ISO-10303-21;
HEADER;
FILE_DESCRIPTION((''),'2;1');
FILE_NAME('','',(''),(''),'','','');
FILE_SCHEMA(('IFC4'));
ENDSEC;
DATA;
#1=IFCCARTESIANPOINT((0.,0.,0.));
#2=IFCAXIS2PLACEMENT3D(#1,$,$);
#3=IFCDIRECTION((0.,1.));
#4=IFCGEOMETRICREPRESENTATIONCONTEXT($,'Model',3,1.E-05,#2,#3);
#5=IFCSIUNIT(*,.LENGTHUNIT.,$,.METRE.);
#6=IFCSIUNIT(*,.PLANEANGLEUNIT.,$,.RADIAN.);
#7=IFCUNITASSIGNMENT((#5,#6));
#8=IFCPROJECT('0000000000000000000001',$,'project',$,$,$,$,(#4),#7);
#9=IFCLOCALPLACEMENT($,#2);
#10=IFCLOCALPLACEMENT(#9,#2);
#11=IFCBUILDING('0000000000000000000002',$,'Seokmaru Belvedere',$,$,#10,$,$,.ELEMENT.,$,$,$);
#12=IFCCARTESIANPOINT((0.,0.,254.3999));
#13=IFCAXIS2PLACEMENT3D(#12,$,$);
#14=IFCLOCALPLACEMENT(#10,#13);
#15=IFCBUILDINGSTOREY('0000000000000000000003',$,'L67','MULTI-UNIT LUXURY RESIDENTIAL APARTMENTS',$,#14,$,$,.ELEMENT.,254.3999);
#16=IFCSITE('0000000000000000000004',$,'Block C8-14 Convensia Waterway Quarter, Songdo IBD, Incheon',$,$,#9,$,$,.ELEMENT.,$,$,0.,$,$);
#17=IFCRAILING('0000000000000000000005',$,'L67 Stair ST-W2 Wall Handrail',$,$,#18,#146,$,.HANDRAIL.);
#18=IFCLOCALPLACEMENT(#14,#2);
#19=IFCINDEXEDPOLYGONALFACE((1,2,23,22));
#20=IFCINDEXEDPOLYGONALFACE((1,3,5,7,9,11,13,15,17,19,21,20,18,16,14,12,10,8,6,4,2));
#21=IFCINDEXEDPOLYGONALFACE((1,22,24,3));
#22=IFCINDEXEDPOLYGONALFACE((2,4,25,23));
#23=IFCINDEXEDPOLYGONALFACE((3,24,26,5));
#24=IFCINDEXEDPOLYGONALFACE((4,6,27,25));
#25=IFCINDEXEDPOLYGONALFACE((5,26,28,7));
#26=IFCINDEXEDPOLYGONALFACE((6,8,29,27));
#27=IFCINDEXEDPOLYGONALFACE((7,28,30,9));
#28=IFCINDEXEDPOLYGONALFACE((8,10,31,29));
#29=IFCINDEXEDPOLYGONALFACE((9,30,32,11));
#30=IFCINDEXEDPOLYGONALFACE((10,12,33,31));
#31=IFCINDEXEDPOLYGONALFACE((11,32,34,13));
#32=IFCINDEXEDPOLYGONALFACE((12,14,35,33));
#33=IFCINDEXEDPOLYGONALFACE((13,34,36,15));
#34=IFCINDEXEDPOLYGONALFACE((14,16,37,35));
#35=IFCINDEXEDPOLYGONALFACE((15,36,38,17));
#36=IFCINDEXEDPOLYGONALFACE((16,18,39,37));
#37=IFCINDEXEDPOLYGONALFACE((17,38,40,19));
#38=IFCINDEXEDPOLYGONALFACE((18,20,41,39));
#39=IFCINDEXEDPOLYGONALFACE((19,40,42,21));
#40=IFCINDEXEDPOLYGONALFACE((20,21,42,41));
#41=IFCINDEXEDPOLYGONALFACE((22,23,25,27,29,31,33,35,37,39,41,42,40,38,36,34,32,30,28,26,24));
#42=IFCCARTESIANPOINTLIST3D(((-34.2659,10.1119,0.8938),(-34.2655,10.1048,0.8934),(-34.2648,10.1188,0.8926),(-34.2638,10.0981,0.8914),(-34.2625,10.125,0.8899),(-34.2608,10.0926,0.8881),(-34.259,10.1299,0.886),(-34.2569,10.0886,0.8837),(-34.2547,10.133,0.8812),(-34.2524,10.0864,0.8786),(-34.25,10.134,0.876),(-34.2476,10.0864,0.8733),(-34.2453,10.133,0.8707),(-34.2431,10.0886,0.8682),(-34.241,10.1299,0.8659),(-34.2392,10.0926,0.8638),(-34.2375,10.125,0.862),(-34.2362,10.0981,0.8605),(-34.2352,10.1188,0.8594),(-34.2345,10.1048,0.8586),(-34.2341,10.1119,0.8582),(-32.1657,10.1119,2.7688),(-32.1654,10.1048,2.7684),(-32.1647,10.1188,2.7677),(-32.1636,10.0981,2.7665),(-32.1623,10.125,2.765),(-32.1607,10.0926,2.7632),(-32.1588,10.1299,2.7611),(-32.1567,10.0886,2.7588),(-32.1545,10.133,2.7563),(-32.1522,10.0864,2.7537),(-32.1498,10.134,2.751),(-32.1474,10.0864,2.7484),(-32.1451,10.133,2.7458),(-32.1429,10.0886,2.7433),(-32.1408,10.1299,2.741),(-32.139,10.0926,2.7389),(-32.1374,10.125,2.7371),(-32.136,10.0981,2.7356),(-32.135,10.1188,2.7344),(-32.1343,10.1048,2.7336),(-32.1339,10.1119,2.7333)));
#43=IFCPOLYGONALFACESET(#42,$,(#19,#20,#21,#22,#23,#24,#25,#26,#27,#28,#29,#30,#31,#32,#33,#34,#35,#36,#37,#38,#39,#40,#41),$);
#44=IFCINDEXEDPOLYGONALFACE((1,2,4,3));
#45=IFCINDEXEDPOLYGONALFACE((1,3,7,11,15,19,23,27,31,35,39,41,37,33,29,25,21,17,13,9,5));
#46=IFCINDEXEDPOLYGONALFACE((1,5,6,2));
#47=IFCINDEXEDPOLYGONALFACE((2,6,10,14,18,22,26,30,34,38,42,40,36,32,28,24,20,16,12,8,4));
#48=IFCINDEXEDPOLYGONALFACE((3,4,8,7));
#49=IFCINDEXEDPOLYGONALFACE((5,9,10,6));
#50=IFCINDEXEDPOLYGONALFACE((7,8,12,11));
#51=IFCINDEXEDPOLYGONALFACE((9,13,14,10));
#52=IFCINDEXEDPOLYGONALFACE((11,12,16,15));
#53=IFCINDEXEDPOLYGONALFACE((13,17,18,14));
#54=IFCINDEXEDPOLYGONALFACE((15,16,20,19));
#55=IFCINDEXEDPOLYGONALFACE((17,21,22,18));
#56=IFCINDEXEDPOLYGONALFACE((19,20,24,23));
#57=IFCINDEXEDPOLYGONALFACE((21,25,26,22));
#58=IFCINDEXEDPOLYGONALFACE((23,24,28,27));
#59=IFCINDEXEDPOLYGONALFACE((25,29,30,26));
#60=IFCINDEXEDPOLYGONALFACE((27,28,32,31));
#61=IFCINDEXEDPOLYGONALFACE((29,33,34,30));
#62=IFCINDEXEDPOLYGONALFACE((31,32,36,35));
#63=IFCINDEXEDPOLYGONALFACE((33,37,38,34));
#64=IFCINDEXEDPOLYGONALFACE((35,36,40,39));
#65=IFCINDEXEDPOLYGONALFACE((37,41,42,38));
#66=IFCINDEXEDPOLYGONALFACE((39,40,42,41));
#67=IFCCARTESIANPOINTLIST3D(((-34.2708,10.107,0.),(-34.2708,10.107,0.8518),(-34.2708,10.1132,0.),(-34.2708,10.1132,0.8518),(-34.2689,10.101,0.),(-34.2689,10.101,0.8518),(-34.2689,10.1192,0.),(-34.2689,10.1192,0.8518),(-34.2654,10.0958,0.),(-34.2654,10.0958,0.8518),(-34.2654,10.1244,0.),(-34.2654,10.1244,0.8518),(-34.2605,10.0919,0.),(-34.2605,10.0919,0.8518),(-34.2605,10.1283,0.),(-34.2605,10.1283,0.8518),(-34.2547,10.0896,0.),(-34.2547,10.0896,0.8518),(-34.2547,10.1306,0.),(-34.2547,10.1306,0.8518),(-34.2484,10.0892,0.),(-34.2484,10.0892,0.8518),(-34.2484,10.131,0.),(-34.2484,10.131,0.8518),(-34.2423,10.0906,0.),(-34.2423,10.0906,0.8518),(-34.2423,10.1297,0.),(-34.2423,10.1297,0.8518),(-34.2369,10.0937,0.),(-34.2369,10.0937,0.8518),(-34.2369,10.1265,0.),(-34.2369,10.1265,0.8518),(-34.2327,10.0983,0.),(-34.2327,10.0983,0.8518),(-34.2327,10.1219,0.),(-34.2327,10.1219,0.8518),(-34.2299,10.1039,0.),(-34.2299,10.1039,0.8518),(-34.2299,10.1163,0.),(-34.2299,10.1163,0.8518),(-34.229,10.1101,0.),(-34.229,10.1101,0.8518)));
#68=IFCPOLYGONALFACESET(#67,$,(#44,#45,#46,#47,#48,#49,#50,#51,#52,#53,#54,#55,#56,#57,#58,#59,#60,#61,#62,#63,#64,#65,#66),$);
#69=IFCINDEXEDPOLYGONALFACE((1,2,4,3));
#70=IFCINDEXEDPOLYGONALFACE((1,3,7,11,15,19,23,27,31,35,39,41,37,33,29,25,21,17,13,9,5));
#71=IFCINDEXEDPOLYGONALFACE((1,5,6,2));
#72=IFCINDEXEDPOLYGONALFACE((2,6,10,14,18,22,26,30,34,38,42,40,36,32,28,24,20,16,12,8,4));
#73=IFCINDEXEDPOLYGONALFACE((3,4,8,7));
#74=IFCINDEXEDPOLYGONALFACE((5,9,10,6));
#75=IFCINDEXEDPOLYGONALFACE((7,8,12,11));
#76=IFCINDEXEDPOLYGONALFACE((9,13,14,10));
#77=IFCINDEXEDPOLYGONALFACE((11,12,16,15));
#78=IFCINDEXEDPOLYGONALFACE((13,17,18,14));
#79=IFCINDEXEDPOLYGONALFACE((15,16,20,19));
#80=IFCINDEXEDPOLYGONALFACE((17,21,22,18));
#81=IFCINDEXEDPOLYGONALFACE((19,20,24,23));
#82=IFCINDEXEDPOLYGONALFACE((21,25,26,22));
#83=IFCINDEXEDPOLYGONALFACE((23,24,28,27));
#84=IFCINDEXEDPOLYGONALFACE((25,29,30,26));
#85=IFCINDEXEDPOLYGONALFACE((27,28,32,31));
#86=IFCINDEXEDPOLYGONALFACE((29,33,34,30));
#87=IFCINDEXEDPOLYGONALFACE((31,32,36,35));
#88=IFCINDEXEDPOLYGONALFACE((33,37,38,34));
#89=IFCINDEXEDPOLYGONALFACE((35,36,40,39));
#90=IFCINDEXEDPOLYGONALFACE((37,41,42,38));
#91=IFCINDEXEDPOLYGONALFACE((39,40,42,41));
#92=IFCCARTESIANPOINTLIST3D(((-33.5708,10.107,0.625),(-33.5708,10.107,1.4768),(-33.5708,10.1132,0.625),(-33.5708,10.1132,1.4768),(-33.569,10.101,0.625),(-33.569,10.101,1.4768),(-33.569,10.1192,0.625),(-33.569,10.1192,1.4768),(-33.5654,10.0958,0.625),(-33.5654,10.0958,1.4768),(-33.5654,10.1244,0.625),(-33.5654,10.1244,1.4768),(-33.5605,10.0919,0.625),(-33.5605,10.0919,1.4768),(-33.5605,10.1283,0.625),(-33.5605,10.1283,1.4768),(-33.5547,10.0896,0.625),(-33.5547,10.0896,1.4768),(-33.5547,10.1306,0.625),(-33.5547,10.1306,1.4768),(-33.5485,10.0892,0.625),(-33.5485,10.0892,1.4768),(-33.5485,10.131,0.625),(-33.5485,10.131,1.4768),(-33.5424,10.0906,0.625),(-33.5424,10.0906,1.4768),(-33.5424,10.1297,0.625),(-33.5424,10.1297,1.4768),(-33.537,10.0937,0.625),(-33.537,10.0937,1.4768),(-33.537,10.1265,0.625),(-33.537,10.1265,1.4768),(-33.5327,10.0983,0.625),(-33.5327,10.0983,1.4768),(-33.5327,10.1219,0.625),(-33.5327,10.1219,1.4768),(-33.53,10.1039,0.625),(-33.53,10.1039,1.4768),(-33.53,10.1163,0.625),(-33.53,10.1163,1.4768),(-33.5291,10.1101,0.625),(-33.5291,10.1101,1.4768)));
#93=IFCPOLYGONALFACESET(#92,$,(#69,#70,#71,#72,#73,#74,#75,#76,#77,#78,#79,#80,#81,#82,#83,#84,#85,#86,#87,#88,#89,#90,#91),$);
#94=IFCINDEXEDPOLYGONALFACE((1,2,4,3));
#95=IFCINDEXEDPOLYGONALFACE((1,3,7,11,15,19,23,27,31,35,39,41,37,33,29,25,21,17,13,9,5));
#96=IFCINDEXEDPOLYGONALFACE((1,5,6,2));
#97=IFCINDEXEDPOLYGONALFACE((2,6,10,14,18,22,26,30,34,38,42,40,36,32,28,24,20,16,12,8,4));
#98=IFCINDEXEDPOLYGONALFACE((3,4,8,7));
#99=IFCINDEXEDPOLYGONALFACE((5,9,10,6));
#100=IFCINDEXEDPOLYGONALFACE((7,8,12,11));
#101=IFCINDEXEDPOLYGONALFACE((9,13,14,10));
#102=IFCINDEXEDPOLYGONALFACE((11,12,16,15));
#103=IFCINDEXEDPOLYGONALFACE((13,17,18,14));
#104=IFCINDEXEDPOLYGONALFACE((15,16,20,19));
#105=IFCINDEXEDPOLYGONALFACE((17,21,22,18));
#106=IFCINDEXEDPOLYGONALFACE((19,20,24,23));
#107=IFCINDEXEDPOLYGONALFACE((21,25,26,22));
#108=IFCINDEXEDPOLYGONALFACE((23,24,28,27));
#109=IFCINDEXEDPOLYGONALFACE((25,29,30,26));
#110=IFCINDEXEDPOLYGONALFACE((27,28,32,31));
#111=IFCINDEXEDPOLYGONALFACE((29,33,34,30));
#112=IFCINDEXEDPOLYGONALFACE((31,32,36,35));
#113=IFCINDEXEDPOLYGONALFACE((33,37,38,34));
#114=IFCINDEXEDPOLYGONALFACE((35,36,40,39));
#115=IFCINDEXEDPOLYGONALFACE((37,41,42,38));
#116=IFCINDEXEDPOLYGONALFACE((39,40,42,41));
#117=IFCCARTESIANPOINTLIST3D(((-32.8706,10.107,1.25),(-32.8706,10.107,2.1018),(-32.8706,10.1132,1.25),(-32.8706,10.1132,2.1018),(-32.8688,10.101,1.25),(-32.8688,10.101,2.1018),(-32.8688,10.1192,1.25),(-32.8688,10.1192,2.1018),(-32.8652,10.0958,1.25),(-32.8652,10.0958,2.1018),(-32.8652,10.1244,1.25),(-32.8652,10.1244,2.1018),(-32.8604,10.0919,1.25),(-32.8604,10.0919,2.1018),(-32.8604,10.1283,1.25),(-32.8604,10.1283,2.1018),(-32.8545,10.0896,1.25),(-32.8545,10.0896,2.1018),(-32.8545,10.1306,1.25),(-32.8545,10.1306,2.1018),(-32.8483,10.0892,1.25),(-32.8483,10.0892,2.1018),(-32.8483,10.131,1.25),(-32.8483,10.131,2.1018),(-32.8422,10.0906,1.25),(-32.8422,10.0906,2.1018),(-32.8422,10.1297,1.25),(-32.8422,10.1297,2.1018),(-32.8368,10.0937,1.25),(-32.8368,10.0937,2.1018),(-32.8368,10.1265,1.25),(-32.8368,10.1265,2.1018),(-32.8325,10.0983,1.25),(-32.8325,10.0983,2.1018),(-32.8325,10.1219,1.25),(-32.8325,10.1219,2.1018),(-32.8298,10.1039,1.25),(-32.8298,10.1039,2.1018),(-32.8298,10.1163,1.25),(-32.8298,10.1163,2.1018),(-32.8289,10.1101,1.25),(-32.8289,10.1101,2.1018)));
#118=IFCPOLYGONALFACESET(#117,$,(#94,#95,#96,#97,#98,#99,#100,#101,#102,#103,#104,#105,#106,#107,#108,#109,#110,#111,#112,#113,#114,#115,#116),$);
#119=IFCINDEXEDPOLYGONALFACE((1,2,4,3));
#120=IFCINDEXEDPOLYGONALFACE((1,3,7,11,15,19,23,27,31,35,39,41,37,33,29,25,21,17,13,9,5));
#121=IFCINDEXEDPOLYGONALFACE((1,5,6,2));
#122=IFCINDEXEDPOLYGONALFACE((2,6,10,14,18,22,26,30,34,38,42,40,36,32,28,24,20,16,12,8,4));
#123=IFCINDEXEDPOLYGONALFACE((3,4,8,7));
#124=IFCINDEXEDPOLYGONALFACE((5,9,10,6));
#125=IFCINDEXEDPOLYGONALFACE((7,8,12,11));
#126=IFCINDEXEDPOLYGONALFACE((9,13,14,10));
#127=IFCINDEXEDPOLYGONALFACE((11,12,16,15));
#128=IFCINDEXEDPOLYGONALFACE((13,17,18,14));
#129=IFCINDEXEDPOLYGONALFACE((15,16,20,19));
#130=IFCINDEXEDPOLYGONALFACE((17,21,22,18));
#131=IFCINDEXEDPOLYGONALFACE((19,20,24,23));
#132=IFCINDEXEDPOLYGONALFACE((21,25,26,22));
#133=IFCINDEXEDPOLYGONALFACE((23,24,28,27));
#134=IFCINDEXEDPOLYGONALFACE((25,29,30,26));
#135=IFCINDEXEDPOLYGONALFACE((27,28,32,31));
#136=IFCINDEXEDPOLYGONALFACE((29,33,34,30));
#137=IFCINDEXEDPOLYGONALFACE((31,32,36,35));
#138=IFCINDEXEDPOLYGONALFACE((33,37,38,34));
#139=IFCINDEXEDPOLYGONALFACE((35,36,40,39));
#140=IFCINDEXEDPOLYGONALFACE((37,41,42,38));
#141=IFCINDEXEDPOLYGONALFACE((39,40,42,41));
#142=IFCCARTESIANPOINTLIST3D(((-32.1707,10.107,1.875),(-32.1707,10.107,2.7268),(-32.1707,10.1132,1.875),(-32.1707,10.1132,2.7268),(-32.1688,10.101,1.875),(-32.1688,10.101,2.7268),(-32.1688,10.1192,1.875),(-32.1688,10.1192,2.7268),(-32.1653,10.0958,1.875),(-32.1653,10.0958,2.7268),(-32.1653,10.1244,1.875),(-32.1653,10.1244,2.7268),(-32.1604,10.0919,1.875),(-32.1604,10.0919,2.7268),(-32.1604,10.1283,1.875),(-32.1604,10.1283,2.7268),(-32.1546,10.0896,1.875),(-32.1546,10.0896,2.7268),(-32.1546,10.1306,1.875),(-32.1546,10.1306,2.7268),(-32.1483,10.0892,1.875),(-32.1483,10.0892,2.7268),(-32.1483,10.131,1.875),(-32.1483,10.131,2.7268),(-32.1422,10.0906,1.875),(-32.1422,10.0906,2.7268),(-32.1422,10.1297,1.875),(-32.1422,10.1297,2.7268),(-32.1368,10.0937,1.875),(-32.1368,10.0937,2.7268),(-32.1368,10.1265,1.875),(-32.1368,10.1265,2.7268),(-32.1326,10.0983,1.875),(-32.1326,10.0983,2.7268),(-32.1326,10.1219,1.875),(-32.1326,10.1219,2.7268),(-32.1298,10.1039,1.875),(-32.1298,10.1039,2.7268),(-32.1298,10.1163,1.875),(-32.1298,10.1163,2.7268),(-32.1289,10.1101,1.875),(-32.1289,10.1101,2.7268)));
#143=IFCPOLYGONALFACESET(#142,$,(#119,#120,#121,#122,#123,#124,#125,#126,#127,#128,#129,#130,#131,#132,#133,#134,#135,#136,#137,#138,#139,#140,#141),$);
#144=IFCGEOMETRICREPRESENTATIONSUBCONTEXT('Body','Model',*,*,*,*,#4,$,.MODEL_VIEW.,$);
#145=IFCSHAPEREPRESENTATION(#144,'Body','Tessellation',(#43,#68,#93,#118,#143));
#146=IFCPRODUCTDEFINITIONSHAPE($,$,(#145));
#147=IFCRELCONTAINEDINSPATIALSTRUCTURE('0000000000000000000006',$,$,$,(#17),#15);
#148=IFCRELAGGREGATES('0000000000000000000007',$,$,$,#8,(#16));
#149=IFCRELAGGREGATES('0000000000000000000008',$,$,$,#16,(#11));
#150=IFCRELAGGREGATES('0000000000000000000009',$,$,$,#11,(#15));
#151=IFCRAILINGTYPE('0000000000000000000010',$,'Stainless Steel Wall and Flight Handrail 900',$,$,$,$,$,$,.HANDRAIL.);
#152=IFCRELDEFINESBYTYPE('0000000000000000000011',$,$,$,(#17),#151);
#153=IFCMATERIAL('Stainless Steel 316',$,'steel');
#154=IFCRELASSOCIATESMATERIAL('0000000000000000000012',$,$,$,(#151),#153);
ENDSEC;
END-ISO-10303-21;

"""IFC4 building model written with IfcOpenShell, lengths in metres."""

from ifc_helpers import new_model, si_unit, direction, frame, origin, origin_2d, place, context, subcontext, project, spatial, circle, extrude, material, type_object, element, save


model = new_model("IFC4")

# Units and contexts
model_context = context("Model", 3, precision=1e-05, world=origin(), true_north=direction((0.0, 1.0)))
body_context = subcontext(model_context, "Body", "Model", "MODEL_VIEW")
ifc_project = project(units=[si_unit("LENGTHUNIT", "METRE"), si_unit("PLANEANGLEUNIT", "RADIAN")], contexts=[model_context])

# Site, building, storey
site_placement = place(None, origin())
site = spatial("IfcSite", under=ifc_project, at=site_placement, Name="Block C8-14 Convensia Waterway Quarter, Songdo IBD, Incheon", CompositionType="ELEMENT", RefElevation=0.0)
building_placement = place(site_placement, origin())
building = spatial("IfcBuilding", under=site, at=building_placement, Name="Seokmaru Belvedere", CompositionType="ELEMENT")
storey_placement = place(building_placement, frame((0.0, 0.0, 254.3999)))
storey = spatial("IfcBuildingStorey", under=building, at=storey_placement, Name="L67", Description="MULTI-UNIT LUXURY RESIDENTIAL APARTMENTS", CompositionType="ELEMENT", Elevation=254.3999)

# Railing
ifc_material_1 = material(Name="Stainless Steel 316", Category="steel")
railing_type_1 = type_object("IfcRailingType", Name="Stainless Steel Wall and Flight Handrail 900", PredefinedType="HANDRAIL", material=ifc_material_1)
railing_1_placement = place(storey_placement, frame((-34.25, 10.1101, 0.0)))
element("IfcRailing", 1, at=railing_1_placement, inside=storey, type_object=railing_type_1, Name="L67 Stair ST-W2 Wall Handrail", PredefinedType="HANDRAIL", context=body_context, shape_type="SweptSolid", body=[
    extrude(circle(Radius=0.0239, at=origin_2d()), frame((0.0, 0.0, 0.876), z_axis=(0.745953, 0.0, 0.665999), x_axis=(0.0, 1.0, 0.0)), (0.0, 0.0, 1.0), 2.8154),
    extrude(circle(Radius=0.021, at=origin_2d()), origin(), (0.0, 0.0, 1.0), 0.8518),
    extrude(circle(Radius=0.021, at=origin_2d()), frame((0.7, 0.0, 0.625)), (0.0, 0.0, 1.0), 0.8518),
    extrude(circle(Radius=0.021, at=origin_2d()), frame((1.4001, 0.0, 1.25)), (0.0, 0.0, 1.0), 0.8518),
    extrude(circle(Radius=0.021, at=origin_2d()), frame((2.1001, 0.0, 1.875)), (0.0, 0.0, 1.0), 0.8518),
])

save(model, "model.ifc")
